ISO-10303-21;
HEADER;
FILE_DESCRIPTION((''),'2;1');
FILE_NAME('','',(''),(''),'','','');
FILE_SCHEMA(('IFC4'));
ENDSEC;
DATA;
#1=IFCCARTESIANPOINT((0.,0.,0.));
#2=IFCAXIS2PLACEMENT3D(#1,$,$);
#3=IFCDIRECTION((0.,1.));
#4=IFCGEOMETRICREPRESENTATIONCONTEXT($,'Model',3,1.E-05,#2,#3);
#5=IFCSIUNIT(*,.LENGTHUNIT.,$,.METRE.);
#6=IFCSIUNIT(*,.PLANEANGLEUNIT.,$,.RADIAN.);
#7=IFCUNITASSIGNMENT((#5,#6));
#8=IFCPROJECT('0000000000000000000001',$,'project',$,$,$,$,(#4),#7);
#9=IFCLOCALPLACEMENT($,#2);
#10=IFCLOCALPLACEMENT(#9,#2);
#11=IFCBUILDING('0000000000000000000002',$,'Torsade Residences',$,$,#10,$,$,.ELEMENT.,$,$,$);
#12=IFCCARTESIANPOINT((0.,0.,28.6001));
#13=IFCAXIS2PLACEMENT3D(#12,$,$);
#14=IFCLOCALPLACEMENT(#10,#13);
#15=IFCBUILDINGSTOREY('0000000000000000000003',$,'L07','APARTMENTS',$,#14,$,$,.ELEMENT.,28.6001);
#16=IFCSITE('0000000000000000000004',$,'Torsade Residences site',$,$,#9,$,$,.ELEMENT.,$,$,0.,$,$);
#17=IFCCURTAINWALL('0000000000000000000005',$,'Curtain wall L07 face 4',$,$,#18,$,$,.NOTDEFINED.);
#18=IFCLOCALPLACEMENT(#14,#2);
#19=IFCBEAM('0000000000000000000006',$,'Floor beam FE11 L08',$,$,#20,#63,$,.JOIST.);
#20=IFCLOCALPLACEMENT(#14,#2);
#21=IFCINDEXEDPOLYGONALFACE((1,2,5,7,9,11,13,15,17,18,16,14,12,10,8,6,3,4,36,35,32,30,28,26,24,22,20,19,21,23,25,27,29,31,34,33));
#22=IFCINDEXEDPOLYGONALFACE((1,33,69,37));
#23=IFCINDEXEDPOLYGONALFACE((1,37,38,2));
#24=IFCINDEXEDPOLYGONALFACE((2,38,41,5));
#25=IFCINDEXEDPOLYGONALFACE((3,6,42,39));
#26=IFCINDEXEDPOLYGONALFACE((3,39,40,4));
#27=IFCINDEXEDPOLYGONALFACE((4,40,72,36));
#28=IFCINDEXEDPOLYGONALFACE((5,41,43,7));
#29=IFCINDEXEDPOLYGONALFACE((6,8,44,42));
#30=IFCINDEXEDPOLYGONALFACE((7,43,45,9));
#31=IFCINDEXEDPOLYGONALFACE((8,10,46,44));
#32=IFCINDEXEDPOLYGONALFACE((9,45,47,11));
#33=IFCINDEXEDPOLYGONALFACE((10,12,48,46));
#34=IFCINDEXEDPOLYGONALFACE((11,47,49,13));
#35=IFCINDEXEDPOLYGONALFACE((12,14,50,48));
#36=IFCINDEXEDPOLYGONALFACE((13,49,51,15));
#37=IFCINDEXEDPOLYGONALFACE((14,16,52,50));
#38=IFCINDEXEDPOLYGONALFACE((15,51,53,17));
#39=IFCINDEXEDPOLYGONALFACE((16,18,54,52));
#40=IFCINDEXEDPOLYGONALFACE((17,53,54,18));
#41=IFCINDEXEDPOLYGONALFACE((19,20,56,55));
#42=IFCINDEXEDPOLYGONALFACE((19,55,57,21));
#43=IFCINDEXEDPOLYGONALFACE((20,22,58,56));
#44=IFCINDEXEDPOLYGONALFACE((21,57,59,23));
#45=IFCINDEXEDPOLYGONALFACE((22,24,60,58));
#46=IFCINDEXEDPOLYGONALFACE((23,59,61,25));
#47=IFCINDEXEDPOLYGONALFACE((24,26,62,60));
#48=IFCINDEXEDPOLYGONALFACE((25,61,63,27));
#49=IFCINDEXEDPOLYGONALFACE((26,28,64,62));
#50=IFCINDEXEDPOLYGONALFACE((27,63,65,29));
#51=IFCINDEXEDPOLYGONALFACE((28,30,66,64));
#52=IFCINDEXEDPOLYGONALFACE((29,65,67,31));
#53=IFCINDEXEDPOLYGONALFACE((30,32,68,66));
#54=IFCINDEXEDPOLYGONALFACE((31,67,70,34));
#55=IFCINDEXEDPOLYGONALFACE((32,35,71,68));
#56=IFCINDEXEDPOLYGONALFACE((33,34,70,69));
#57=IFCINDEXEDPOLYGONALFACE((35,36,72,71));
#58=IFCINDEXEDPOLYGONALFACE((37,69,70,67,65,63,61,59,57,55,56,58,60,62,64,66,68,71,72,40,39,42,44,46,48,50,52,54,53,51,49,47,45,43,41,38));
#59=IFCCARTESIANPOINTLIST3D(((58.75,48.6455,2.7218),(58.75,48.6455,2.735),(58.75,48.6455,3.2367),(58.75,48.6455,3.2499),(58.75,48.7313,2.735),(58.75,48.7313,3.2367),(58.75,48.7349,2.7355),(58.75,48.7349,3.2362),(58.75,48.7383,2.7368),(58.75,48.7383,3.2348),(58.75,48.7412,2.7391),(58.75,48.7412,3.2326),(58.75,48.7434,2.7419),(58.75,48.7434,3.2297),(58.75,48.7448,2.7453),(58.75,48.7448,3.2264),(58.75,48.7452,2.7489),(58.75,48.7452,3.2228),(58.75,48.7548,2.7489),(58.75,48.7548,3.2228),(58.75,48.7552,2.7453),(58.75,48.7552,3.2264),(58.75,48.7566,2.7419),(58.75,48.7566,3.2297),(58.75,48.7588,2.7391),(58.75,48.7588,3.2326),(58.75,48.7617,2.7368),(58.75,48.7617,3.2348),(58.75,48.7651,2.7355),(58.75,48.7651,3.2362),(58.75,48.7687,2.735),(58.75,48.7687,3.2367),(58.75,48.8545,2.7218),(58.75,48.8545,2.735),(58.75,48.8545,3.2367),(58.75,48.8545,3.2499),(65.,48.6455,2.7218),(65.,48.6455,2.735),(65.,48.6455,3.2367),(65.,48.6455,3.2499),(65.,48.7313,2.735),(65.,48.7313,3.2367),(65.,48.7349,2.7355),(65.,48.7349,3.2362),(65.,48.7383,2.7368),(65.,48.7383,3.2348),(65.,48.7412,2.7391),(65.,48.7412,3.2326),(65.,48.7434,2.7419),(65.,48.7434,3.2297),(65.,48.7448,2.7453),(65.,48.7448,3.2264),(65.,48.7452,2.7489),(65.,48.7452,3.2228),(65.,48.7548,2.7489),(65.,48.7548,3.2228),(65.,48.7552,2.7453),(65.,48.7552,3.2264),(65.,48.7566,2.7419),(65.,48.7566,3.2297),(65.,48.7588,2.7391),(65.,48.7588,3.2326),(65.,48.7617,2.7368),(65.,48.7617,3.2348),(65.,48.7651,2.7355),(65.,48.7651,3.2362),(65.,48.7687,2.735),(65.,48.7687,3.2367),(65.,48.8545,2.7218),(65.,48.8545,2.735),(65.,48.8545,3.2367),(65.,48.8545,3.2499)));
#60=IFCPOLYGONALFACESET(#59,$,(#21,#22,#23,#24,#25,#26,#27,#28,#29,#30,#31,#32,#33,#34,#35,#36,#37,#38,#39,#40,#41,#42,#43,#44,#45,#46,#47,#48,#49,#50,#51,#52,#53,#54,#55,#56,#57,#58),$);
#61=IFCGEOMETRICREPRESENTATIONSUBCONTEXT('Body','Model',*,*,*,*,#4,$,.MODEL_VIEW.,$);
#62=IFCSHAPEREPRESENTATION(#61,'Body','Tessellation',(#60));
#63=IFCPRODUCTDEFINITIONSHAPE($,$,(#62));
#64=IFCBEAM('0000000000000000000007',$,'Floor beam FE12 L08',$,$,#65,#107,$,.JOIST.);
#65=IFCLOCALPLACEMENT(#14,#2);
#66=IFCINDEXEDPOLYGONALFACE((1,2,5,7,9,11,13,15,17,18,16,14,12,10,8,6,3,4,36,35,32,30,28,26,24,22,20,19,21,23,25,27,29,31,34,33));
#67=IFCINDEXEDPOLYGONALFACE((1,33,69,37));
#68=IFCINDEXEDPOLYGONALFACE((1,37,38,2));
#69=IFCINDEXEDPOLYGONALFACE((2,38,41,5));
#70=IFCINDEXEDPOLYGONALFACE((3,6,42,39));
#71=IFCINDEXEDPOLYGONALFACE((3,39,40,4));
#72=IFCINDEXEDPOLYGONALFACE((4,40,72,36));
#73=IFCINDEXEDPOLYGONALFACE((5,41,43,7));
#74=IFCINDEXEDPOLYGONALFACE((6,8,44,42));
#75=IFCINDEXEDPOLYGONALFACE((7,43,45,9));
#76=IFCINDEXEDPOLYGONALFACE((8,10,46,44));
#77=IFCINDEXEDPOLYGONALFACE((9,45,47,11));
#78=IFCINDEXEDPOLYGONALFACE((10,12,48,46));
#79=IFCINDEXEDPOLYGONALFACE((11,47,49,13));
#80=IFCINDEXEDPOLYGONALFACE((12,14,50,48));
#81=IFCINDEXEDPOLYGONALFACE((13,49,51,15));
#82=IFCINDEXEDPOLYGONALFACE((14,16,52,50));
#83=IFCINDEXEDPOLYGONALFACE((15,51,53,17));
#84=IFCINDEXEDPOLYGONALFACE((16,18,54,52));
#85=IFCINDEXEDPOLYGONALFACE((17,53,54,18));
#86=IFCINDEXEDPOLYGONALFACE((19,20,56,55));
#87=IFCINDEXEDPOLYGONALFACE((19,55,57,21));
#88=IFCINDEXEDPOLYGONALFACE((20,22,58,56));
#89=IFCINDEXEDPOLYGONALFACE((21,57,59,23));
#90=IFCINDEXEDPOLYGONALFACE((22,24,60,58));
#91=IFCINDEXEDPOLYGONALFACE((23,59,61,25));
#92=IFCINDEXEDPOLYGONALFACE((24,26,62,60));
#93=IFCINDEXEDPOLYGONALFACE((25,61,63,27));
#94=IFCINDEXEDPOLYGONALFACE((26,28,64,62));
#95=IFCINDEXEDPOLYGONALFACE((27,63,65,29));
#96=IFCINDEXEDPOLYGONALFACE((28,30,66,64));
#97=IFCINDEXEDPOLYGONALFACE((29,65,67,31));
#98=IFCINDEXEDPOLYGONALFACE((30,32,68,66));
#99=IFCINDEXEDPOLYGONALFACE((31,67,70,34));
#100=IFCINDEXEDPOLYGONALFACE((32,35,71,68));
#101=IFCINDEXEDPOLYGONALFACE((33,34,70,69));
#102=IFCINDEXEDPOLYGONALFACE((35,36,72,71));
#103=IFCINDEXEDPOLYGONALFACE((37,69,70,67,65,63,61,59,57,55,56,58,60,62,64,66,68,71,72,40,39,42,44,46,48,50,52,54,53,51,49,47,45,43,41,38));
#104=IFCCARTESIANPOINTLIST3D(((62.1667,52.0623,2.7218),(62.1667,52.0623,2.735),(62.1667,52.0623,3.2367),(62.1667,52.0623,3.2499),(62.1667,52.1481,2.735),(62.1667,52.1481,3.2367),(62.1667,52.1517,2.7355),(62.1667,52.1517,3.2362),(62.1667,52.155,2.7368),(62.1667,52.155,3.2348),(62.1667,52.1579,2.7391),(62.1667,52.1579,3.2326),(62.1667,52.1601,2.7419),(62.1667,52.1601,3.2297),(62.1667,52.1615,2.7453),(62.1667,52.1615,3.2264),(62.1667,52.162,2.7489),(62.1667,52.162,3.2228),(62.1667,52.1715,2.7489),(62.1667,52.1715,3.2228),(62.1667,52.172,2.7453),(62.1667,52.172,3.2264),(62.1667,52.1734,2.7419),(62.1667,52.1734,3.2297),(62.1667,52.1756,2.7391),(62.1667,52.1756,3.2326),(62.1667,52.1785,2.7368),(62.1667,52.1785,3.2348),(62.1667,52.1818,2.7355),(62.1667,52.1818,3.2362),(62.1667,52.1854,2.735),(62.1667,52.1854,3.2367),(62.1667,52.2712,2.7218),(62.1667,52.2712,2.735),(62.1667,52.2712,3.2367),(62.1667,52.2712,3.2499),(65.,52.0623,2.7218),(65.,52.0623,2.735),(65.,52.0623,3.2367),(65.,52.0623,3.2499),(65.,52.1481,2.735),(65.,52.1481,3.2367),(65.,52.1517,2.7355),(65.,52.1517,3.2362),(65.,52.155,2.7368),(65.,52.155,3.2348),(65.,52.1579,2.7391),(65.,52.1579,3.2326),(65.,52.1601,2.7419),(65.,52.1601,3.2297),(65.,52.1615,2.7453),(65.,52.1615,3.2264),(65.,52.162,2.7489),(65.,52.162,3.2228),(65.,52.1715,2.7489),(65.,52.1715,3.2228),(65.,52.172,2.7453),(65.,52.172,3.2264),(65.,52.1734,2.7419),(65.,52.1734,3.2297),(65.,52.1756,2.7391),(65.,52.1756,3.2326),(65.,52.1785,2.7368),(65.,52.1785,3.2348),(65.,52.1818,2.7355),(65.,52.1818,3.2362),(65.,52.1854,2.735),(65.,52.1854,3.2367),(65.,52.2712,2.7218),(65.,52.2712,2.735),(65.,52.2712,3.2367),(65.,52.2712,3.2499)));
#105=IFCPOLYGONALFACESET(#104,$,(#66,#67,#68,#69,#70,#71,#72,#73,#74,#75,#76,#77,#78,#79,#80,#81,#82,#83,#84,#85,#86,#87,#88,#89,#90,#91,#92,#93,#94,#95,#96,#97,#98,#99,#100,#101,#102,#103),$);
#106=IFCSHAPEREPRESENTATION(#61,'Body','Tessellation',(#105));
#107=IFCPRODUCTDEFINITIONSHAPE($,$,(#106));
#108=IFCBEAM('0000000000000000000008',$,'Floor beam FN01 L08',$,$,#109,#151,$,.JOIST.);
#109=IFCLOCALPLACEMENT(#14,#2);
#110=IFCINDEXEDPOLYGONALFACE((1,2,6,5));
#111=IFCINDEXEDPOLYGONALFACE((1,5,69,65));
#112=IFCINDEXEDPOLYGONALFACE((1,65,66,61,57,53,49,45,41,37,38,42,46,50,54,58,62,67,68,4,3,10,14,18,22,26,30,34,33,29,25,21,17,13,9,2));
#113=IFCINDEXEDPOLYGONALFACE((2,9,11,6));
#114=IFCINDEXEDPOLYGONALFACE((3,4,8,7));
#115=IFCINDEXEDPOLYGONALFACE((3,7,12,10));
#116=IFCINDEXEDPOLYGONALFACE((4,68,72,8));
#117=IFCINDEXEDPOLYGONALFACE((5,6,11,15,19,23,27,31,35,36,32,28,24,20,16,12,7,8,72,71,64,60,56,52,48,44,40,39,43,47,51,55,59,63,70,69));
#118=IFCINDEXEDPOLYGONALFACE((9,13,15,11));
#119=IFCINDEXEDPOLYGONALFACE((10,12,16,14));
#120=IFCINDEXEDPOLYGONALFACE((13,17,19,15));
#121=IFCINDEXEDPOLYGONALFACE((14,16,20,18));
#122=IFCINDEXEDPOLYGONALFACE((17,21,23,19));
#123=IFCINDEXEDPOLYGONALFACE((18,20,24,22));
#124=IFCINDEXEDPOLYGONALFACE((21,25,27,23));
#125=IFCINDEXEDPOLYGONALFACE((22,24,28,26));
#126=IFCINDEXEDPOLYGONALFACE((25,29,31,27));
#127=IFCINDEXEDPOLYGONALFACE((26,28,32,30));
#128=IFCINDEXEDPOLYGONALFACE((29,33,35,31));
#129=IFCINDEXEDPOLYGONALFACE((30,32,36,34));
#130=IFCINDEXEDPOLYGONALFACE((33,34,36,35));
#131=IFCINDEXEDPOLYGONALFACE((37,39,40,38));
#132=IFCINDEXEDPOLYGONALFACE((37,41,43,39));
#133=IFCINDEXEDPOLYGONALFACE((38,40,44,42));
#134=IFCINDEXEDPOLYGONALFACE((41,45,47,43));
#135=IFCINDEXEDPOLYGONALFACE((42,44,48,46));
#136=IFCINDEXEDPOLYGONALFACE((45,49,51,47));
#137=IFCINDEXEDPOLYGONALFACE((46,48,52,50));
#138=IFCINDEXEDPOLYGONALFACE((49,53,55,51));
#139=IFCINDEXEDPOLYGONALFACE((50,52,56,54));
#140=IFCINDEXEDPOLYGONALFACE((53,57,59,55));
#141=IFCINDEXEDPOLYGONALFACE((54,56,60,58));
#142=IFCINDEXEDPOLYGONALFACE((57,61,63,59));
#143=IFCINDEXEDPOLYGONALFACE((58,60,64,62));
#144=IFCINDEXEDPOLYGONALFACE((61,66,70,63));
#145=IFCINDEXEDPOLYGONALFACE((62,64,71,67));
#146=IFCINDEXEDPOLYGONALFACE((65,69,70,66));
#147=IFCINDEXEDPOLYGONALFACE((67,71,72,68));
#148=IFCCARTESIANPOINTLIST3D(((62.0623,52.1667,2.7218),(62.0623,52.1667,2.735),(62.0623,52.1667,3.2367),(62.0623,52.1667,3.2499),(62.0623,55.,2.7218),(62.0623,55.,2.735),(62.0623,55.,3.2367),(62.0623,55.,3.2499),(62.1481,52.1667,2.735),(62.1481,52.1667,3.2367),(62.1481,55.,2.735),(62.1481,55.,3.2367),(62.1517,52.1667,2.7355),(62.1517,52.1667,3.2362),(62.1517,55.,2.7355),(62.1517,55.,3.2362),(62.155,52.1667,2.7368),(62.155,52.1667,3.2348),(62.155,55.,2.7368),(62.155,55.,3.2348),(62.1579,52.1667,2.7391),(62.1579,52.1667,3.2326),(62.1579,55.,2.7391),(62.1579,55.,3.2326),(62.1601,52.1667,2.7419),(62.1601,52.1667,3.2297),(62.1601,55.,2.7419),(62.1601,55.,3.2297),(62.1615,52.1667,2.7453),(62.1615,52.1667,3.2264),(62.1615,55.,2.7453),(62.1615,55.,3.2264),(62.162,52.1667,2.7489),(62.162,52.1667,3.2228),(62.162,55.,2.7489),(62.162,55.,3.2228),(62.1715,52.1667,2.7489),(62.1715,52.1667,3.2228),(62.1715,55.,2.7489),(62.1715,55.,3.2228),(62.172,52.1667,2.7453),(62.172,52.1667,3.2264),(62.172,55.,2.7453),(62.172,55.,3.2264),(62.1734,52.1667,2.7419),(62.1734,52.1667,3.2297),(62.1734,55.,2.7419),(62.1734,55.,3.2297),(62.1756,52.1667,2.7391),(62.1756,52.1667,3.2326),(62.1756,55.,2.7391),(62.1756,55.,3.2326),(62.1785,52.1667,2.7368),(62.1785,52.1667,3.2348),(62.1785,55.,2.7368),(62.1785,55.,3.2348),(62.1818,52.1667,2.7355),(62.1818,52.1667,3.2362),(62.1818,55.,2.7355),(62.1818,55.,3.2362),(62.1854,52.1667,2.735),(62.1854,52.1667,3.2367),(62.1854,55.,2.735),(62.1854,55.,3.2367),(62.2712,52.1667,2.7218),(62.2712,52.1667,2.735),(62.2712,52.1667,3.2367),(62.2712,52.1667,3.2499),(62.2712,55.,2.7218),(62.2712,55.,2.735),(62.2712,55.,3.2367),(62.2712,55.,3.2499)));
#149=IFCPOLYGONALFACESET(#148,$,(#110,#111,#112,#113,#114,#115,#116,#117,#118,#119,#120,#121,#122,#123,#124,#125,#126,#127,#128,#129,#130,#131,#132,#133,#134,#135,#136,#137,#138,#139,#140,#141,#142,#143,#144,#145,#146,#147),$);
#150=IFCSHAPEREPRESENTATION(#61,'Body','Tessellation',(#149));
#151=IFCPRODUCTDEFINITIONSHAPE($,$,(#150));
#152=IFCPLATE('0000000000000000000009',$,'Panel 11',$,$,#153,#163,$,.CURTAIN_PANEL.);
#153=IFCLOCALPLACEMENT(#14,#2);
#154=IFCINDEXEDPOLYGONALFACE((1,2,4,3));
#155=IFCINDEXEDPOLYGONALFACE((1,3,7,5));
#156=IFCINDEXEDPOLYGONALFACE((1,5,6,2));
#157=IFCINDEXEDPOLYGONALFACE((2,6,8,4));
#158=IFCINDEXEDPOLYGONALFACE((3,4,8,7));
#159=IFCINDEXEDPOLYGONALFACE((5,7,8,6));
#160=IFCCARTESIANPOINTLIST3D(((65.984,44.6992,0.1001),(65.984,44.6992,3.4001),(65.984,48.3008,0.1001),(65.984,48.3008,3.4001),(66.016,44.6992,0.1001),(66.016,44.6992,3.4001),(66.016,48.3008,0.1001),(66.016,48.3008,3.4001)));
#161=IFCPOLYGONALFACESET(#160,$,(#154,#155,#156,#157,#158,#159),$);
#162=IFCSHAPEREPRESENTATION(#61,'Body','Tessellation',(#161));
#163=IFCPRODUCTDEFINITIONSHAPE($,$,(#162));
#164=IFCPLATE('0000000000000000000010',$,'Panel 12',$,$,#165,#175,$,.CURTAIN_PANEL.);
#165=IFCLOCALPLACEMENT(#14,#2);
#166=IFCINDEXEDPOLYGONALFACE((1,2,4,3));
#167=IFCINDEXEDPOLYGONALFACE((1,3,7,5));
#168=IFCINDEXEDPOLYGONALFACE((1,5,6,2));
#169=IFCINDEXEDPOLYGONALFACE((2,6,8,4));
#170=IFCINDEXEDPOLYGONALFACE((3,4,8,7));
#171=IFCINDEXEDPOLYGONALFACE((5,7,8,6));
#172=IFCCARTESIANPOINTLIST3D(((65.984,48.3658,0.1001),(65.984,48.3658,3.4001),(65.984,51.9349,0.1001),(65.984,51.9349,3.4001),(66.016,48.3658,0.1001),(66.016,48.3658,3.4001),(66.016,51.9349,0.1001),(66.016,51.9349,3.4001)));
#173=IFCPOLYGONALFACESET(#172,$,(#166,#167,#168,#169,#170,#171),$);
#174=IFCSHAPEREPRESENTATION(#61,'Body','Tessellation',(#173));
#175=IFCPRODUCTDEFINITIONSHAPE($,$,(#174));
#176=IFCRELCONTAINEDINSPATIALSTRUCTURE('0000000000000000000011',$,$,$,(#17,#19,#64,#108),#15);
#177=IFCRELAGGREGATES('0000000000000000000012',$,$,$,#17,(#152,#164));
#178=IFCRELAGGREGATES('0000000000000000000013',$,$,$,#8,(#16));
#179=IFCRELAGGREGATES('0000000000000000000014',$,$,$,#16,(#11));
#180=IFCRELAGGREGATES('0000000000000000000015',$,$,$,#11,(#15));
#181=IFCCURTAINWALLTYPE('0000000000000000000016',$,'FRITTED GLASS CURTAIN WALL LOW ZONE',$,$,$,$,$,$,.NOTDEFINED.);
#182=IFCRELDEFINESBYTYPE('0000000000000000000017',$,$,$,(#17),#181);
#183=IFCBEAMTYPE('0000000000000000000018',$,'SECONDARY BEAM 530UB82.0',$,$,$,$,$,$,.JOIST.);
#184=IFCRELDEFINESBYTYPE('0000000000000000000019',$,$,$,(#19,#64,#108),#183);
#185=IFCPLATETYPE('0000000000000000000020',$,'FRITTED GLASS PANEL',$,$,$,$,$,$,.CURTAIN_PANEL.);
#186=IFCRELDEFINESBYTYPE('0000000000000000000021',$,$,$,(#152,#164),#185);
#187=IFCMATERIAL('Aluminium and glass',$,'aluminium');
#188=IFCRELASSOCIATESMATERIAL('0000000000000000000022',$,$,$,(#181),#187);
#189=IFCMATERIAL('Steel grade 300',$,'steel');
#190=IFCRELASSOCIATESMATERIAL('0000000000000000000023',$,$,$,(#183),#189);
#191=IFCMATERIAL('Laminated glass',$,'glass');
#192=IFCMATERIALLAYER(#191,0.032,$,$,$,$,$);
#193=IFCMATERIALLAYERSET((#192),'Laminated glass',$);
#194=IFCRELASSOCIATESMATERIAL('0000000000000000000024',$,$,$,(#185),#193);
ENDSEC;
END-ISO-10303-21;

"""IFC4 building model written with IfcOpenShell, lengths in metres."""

from ifc_helpers import new_model, si_unit, direction, frame, origin, origin_2d, place, context, subcontext, project, spatial, rectangle, i_section, extrude, material, layer, layer_set, material_profile, profile_set, type_object, element, aggregate, save


model = new_model("IFC4")

# Units and contexts
model_context = context("Model", 3, precision=1e-05, world=origin(), true_north=direction((0.0, 1.0)))
body_context = subcontext(model_context, "Body", "Model", "MODEL_VIEW")
ifc_project = project(units=[si_unit("LENGTHUNIT", "METRE"), si_unit("PLANEANGLEUNIT", "RADIAN")], contexts=[model_context])

# Site, building, storey
site_placement = place(None, origin())
site = spatial("IfcSite", under=ifc_project, at=site_placement, Name="Torsade Residences site", CompositionType="ELEMENT", RefElevation=0.0)
building_placement = place(site_placement, origin())
building = spatial("IfcBuilding", under=site, at=building_placement, Name="Torsade Residences", CompositionType="ELEMENT")
storey_placement = place(building_placement, frame((0.0, 0.0, 28.6001)))
storey = spatial("IfcBuildingStorey", under=building, at=storey_placement, Name="L07", Description="APARTMENTS", CompositionType="ELEMENT", Elevation=28.6001)

# Curtain wall
ifc_material_1 = material(Name="Aluminium and glass", Category="aluminium")
curtain_wall_type = type_object("IfcCurtainWallType", Name="FRITTED GLASS CURTAIN WALL LOW ZONE", PredefinedType="NOTDEFINED", material=ifc_material_1)
curtain_wall_placement = place(storey_placement, origin())
curtain_wall = element("IfcCurtainWall", 1, at=curtain_wall_placement, inside=storey, type_object=curtain_wall_type, Name="Curtain wall L07 face 4", PredefinedType="NOTDEFINED")

# Beams
ifc_material_2 = material(Name="Steel grade 300", Category="steel")
ifc_material_profile_1 = material_profile(ifc_material_2, i_section(OverallWidth=0.209, OverallDepth=0.5281, WebThickness=0.0095, FlangeThickness=0.0132, FilletRadius=0.0139, at=origin_2d()), Name="530UB82.0")
ifc_profile_set_1 = profile_set([ifc_material_profile_1], Name="Steel grade 300")
beam_type_1 = type_object("IfcBeamType", Name="SECONDARY BEAM 530UB82.0", PredefinedType="JOIST", material=ifc_profile_set_1)
beam_1_placement = place(storey_placement, frame((65.0, 48.75, 2.9858), z_axis=(-1.0, 0.0, 0.0), x_axis=(0.0, -1.0, 0.0)))
element("IfcBeam", 2, at=beam_1_placement, inside=storey, type_object=beam_type_1, Name="Floor beam FE11 L08", PredefinedType="JOIST", context=body_context, shape_type="SweptSolid", body=[
    extrude(i_section(OverallWidth=0.209, OverallDepth=0.5281, WebThickness=0.0095, FlangeThickness=0.0132, FilletRadius=0.0139, at=origin_2d()), origin(), (0.0, 0.0, 1.0), 6.25),
])
for number, where, z_axis, x_axis, name in (
    (3, (65.0, 52.1667, 2.9858), (-1.0, 0.0, 0.0), (0.0, -1.0, 0.0), "Floor beam FE12 L08"),
    (4, (62.1667, 55.0, 2.9858), (0.0, -1.0, 0.0), (1.0, 0.0, 0.0), "Floor beam FN01 L08"),
):
    element("IfcBeam", number, at=place(storey_placement, frame(where, z_axis=z_axis, x_axis=x_axis)), inside=storey, type_object=beam_type_1, Name=name, PredefinedType="JOIST", context=body_context, shape_type="SweptSolid", body=[
        extrude(i_section(OverallWidth=0.209, OverallDepth=0.5281, WebThickness=0.0095, FlangeThickness=0.0132, FilletRadius=0.0139, at=origin_2d()), origin(), (0.0, 0.0, 1.0), 2.8333),
    ])

# Plates
ifc_material_3 = material(Name="Laminated glass", Category="glass")
ifc_layer_1 = layer(ifc_material_3, 0.032)
ifc_layer_set_1 = layer_set([ifc_layer_1], Name="Laminated glass")
plate_type = type_object("IfcPlateType", Name="FRITTED GLASS PANEL", PredefinedType="CURTAIN_PANEL", material=ifc_layer_set_1)
plate_1_placement = place(storey_placement, frame((66.0, 46.5, 0.1001), z_axis=(0.0, 0.0, 1.0), x_axis=(0.0, 1.0, 0.0)))
plate_1 = element("IfcPlate", 5, at=plate_1_placement, type_object=plate_type, Name="Panel 11", PredefinedType="CURTAIN_PANEL", context=body_context, shape_type="SweptSolid", body=[
    extrude(rectangle(XDim=3.6016, YDim=0.032, at=origin_2d()), origin(), (0.0, 0.0, 1.0), 3.3),
])
plate_2_placement = place(storey_placement, frame((66.0, 50.1504, 0.1001), z_axis=(0.0, 0.0, 1.0), x_axis=(0.0, 1.0, 0.0)))
plate_2 = element("IfcPlate", 6, at=plate_2_placement, type_object=plate_type, Name="Panel 12", PredefinedType="CURTAIN_PANEL", context=body_context, shape_type="SweptSolid", body=[
    extrude(rectangle(XDim=3.5691, YDim=0.032, at=origin_2d()), origin(), (0.0, 0.0, 1.0), 3.3),
])
aggregate(curtain_wall, [plate_1, plate_2])

save(model, "model.ifc")
